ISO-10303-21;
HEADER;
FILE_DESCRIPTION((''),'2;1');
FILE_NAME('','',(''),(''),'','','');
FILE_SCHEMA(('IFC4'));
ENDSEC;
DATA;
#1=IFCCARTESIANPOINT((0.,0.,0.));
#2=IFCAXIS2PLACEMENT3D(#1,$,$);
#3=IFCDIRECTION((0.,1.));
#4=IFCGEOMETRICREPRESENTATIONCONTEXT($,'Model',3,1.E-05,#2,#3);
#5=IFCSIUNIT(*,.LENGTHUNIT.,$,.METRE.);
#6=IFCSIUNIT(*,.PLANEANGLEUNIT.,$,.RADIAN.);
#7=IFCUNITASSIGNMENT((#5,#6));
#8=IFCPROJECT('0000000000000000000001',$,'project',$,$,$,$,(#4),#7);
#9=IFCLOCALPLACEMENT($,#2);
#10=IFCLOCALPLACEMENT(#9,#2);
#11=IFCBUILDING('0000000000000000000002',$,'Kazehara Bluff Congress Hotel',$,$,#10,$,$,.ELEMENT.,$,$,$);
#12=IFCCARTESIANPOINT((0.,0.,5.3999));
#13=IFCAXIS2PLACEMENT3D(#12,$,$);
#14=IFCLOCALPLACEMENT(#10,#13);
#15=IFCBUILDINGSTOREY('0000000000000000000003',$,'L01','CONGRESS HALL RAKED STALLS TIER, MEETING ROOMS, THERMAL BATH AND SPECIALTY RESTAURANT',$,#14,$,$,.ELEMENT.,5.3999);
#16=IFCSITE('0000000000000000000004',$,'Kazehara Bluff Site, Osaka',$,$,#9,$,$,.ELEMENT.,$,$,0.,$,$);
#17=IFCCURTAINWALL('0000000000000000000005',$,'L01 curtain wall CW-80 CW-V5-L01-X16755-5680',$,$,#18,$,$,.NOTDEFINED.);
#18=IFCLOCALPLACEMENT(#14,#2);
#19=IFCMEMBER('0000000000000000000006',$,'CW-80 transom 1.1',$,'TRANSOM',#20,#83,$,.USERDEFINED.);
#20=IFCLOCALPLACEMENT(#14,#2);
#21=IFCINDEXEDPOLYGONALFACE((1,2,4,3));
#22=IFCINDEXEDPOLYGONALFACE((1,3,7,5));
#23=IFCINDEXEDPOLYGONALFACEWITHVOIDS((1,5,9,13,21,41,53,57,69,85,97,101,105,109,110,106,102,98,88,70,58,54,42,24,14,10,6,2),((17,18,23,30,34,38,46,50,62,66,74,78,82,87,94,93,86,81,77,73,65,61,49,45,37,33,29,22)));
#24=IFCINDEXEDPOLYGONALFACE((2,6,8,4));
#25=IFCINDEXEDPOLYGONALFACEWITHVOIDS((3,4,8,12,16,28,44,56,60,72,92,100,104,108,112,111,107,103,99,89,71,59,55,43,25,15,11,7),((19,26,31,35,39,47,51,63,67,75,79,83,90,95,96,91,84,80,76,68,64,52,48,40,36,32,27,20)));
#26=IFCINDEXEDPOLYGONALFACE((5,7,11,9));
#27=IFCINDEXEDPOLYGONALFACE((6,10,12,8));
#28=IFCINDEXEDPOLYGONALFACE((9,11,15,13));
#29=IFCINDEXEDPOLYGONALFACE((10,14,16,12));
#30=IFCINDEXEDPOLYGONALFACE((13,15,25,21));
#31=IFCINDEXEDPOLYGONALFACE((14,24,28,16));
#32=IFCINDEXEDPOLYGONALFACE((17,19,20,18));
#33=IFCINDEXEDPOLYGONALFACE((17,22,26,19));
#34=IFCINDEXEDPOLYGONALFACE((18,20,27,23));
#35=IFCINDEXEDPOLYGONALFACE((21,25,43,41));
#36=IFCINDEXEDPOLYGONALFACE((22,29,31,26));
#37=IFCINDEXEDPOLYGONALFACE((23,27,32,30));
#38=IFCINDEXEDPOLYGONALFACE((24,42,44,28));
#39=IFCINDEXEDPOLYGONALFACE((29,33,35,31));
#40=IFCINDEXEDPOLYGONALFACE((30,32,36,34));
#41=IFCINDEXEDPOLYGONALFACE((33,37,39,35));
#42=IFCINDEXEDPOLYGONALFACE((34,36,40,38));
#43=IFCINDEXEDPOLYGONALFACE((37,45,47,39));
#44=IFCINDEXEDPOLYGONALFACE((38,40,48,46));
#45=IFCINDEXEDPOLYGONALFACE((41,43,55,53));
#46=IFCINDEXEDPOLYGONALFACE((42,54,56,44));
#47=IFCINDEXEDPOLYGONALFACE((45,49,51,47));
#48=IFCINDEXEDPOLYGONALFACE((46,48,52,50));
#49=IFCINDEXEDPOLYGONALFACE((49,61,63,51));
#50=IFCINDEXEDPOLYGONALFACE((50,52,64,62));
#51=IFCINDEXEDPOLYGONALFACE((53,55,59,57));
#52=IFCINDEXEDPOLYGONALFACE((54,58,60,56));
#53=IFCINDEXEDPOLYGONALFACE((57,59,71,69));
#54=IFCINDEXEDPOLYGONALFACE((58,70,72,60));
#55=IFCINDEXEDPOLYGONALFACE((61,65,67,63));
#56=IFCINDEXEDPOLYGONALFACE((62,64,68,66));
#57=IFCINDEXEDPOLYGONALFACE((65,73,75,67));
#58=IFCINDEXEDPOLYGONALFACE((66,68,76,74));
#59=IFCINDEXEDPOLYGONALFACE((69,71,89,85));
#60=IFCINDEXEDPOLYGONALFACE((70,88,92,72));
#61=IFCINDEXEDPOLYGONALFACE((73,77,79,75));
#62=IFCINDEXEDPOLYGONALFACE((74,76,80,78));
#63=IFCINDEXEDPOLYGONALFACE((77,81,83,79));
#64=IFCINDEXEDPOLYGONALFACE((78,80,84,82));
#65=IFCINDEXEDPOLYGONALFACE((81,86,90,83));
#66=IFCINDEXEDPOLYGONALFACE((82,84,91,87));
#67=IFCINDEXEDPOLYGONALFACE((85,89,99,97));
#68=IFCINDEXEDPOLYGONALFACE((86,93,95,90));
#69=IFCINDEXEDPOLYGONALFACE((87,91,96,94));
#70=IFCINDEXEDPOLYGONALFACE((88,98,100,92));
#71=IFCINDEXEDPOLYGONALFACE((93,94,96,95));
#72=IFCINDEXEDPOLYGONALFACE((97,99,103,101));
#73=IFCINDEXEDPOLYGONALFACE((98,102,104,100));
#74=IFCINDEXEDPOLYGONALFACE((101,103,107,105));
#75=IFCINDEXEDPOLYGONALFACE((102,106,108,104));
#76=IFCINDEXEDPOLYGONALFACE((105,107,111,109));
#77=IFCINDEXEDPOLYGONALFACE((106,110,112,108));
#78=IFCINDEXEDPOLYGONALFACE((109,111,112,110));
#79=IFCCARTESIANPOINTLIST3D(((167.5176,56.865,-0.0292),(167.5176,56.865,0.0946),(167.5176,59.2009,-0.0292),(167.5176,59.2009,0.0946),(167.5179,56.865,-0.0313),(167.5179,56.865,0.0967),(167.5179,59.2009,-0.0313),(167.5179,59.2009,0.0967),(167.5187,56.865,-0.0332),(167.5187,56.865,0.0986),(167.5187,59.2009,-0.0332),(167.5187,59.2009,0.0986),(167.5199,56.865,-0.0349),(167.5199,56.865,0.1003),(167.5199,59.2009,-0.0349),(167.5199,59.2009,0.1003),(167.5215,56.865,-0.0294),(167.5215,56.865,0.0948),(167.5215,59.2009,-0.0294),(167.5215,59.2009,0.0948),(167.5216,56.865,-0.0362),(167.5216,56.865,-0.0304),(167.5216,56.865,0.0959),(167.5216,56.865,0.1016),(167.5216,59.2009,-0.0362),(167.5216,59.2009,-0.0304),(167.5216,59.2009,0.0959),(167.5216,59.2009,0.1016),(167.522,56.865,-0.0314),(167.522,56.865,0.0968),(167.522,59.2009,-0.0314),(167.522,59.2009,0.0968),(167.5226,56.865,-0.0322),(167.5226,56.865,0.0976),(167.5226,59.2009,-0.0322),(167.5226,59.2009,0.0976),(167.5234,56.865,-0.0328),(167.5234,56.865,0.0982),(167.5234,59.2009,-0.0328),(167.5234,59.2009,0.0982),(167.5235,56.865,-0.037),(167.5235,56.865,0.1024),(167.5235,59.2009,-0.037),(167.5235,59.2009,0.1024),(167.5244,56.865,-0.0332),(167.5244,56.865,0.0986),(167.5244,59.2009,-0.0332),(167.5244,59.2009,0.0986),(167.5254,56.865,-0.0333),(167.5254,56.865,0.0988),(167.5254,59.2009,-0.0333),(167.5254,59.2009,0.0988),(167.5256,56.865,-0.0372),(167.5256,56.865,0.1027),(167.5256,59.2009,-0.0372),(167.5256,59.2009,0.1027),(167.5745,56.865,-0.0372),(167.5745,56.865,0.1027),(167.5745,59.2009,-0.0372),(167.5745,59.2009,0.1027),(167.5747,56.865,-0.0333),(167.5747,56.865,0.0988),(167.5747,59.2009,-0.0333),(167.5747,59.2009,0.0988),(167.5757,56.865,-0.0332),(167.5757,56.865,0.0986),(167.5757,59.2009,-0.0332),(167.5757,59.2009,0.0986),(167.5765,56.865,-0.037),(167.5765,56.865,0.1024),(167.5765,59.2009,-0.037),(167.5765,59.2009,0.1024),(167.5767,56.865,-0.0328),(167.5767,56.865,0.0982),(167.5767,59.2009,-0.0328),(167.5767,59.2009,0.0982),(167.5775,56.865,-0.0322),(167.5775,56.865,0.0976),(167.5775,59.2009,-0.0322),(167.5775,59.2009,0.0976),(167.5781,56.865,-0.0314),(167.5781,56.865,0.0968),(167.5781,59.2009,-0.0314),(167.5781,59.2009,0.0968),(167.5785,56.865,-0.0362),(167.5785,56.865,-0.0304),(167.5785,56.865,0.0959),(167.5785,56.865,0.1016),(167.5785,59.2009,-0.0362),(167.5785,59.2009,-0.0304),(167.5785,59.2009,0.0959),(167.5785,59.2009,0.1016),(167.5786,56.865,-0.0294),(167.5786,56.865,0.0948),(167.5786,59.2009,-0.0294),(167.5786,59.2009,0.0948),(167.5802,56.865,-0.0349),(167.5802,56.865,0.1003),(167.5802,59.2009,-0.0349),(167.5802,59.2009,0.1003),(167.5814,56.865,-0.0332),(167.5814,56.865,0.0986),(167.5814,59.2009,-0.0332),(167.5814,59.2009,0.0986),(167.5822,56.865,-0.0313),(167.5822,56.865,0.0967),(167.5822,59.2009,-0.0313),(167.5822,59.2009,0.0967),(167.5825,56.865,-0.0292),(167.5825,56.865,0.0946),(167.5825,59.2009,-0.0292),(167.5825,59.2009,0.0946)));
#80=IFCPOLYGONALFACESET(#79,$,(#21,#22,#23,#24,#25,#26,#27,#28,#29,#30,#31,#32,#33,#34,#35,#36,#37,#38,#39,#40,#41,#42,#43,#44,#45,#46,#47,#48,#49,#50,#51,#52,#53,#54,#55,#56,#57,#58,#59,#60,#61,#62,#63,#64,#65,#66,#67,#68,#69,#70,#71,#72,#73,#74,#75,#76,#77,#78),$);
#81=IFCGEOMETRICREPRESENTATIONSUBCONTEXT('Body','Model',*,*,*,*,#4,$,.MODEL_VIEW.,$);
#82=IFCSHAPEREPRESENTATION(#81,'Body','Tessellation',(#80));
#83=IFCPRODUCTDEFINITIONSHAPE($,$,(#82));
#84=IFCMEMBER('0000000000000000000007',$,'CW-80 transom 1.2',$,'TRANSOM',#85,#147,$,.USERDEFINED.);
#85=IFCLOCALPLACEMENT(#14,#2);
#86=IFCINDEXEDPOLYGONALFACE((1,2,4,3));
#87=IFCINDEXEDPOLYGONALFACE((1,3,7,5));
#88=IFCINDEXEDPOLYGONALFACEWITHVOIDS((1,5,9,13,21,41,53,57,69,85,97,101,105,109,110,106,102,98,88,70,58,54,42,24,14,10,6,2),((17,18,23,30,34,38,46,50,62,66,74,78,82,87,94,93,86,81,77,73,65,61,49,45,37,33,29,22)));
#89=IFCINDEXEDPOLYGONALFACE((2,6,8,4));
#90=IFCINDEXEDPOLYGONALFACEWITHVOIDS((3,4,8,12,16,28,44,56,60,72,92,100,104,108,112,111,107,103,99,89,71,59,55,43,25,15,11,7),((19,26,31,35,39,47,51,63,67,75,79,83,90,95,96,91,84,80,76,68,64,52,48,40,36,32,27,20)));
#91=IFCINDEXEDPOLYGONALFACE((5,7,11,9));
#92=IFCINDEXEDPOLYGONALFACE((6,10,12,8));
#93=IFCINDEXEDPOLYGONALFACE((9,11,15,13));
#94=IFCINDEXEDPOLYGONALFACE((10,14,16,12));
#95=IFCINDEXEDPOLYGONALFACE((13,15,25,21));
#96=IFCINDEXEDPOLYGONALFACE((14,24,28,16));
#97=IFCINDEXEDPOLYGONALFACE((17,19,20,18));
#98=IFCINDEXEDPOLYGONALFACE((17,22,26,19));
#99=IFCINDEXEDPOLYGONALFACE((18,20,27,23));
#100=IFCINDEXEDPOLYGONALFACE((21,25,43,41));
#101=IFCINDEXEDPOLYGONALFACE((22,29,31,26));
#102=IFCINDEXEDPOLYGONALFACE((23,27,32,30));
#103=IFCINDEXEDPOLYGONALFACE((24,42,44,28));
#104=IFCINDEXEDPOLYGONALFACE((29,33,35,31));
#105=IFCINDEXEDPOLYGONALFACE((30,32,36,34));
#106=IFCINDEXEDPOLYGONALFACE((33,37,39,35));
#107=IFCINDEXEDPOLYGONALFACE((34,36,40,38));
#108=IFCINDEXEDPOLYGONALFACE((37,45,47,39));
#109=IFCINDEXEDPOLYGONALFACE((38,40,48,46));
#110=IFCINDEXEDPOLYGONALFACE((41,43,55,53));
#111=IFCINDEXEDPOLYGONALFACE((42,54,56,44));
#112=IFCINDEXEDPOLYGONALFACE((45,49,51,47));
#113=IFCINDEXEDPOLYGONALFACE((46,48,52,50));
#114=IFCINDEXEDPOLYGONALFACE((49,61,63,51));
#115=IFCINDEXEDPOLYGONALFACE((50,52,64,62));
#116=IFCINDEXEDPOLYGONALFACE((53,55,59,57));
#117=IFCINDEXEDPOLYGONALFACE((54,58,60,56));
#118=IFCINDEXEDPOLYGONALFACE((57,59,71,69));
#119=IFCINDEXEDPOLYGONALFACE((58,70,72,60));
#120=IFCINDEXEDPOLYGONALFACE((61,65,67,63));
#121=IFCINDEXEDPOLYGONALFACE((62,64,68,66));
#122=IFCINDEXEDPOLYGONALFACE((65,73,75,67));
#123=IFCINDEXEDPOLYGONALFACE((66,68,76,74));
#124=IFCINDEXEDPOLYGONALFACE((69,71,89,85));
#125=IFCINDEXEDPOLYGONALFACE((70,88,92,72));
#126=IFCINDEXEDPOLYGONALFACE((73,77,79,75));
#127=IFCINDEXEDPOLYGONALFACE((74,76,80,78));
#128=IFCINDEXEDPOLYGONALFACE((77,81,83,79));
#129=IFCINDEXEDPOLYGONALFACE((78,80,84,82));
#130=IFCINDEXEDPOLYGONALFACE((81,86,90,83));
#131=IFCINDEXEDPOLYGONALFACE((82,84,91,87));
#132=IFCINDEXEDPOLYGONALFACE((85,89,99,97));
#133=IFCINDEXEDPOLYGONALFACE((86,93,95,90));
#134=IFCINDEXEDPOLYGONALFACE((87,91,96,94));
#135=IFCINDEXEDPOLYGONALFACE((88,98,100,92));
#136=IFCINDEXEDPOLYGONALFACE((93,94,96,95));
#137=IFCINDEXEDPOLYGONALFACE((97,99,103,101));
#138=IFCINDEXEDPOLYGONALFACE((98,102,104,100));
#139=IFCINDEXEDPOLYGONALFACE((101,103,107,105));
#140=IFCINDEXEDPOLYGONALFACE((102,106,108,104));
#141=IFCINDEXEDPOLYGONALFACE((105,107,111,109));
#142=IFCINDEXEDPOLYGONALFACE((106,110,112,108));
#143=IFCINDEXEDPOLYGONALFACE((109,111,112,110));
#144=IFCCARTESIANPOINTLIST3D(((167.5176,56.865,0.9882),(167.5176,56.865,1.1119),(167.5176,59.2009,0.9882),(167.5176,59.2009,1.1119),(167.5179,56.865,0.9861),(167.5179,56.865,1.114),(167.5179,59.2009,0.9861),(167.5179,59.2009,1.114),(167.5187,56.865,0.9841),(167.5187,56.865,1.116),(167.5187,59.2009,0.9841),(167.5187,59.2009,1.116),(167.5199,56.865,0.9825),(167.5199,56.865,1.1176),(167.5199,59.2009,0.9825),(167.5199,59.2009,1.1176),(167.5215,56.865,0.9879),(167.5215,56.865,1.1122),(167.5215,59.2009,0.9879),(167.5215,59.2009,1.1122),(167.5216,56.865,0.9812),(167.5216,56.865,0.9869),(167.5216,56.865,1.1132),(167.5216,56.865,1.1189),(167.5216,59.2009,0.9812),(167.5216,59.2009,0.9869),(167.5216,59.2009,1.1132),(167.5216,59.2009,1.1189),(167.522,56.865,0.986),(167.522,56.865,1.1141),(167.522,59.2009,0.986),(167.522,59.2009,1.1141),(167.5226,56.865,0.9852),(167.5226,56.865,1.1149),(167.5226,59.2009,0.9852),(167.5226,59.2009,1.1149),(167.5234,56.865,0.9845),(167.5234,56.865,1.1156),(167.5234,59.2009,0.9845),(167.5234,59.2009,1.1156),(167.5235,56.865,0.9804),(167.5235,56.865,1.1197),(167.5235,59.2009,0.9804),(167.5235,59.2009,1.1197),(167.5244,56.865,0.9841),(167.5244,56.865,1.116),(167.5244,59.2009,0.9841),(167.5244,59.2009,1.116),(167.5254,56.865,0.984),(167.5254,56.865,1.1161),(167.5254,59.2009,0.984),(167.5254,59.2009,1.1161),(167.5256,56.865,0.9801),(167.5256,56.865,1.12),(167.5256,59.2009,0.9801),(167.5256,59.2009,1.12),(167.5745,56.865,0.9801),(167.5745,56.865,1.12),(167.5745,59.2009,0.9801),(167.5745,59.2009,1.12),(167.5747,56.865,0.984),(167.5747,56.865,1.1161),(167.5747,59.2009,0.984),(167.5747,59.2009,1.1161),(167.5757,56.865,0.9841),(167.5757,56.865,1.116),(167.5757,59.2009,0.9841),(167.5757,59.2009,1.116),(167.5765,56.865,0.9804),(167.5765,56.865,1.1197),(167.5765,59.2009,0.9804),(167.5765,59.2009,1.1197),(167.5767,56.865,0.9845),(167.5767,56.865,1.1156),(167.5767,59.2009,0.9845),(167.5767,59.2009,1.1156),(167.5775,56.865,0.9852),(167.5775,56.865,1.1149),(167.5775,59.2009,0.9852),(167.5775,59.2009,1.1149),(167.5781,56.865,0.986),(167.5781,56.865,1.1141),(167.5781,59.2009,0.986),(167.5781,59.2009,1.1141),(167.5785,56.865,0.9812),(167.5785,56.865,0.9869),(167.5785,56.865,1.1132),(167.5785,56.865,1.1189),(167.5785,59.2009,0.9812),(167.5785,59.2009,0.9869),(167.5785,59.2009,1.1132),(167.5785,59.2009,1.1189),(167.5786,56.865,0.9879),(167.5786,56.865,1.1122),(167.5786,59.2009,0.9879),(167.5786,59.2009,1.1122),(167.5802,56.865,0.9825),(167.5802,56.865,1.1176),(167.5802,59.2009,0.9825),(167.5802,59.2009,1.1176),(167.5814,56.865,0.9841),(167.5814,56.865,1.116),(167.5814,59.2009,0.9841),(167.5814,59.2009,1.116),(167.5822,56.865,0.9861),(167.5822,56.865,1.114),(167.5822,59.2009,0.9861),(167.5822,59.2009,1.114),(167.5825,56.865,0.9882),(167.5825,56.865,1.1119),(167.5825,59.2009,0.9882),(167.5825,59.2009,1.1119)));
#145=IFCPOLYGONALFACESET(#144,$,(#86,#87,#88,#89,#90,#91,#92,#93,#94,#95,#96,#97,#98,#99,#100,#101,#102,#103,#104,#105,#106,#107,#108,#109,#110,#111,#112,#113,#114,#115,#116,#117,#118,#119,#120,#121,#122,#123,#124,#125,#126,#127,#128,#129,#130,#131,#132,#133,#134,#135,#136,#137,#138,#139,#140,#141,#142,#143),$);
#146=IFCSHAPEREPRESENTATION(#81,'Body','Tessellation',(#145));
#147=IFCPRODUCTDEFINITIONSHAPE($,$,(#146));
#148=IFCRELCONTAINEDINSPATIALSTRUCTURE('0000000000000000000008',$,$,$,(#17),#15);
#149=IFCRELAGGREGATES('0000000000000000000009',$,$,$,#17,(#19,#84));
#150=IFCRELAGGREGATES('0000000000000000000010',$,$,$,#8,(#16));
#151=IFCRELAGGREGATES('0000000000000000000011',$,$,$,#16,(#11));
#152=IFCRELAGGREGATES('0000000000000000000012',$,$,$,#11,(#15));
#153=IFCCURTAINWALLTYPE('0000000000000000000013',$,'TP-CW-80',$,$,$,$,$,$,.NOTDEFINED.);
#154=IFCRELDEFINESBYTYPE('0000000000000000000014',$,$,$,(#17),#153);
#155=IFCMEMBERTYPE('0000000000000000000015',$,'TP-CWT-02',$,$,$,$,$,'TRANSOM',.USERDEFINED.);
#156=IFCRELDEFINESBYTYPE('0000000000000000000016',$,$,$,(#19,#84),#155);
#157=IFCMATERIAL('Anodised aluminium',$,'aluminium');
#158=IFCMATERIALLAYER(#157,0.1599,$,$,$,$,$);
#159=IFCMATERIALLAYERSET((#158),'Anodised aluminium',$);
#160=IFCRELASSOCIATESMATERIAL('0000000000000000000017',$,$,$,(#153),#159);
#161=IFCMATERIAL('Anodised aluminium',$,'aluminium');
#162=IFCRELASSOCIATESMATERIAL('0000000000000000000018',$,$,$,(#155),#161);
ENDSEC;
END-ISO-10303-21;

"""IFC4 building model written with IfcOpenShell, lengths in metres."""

from ifc_helpers import new_model, si_unit, direction, frame, origin, origin_2d, place, context, subcontext, project, spatial, hollow_rectangle, extrude, material, layer, layer_set, material_profile, profile_set, type_object, element, aggregate, save


model = new_model("IFC4")

# Units and contexts
model_context = context("Model", 3, precision=1e-05, world=origin(), true_north=direction((0.0, 1.0)))
body_context = subcontext(model_context, "Body", "Model", "MODEL_VIEW")
ifc_project = project(units=[si_unit("LENGTHUNIT", "METRE"), si_unit("PLANEANGLEUNIT", "RADIAN")], contexts=[model_context])

# Site, building, storey
site_placement = place(None, origin())
site = spatial("IfcSite", under=ifc_project, at=site_placement, Name="Kazehara Bluff Site, Osaka", CompositionType="ELEMENT", RefElevation=0.0)
building_placement = place(site_placement, origin())
building = spatial("IfcBuilding", under=site, at=building_placement, Name="Kazehara Bluff Congress Hotel", CompositionType="ELEMENT")
storey_placement = place(building_placement, frame((0.0, 0.0, 5.3999)))
storey = spatial("IfcBuildingStorey", under=building, at=storey_placement, Name="L01", Description="CONGRESS HALL RAKED STALLS TIER, MEETING ROOMS, THERMAL BATH AND SPECIALTY RESTAURANT", CompositionType="ELEMENT", Elevation=5.3999)

# Shared definitions
ifc_material_1 = material(Name="Anodised aluminium", Category="aluminium")
ifc_layer_1 = layer(ifc_material_1, 0.1599)
ifc_layer_set_1 = layer_set([ifc_layer_1], Name="Anodised aluminium")
curtain_wall_type = type_object("IfcCurtainWallType", Name="TP-CW-80", PredefinedType="NOTDEFINED", material=ifc_layer_set_1)

# Curtain wall
curtain_wall_1_placement = place(storey_placement, origin())
curtain_wall_1 = element("IfcCurtainWall", 1, at=curtain_wall_1_placement, inside=storey, type_object=curtain_wall_type, Name="L01 curtain wall CW-80 CW-V5-L01-X16755-5680", PredefinedType="NOTDEFINED")

# Members
ifc_material_2 = material(Name="Anodised aluminium", Category="aluminium")
ifc_material_profile_1 = material_profile(ifc_material_2, hollow_rectangle(XDim=0.0649, YDim=0.1399, WallThickness=0.0039, InnerFilletRadius=0.0039, OuterFilletRadius=0.0081, at=origin_2d()))
ifc_profile_set_1 = profile_set([ifc_material_profile_1], Name="Anodised aluminium")
member_type_1 = type_object("IfcMemberType", Name="TP-CWT-02", ElementType="TRANSOM", PredefinedType="USERDEFINED", material=ifc_profile_set_1)
member_1_placement = place(storey_placement, frame((167.55, 56.865, 0.0327), z_axis=(0.0, 1.0, 0.0), x_axis=(-1.0, 0.0, 0.0)))
member_1 = element("IfcMember", 2, at=member_1_placement, type_object=member_type_1, Name="CW-80 transom 1.1", ObjectType="TRANSOM", PredefinedType="USERDEFINED", context=body_context, shape_type="SweptSolid", body=[
    extrude(hollow_rectangle(XDim=0.0649, YDim=0.1399, WallThickness=0.0039, InnerFilletRadius=0.0039, OuterFilletRadius=0.0081, at=origin_2d()), origin(), (0.0, 0.0, 1.0), 2.3359),
])
member_2_placement = place(storey_placement, frame((167.55, 56.865, 1.05), z_axis=(0.0, 1.0, 0.0), x_axis=(-1.0, 0.0, 0.0)))
member_2 = element("IfcMember", 3, at=member_2_placement, type_object=member_type_1, Name="CW-80 transom 1.2", ObjectType="TRANSOM", PredefinedType="USERDEFINED", context=body_context, shape_type="SweptSolid", body=[
    extrude(hollow_rectangle(XDim=0.0649, YDim=0.1399, WallThickness=0.0039, InnerFilletRadius=0.0039, OuterFilletRadius=0.0081, at=origin_2d()), origin(), (0.0, 0.0, 1.0), 2.3359),
])

aggregate(curtain_wall_1, [member_1, member_2])

save(model, "model.ifc")
